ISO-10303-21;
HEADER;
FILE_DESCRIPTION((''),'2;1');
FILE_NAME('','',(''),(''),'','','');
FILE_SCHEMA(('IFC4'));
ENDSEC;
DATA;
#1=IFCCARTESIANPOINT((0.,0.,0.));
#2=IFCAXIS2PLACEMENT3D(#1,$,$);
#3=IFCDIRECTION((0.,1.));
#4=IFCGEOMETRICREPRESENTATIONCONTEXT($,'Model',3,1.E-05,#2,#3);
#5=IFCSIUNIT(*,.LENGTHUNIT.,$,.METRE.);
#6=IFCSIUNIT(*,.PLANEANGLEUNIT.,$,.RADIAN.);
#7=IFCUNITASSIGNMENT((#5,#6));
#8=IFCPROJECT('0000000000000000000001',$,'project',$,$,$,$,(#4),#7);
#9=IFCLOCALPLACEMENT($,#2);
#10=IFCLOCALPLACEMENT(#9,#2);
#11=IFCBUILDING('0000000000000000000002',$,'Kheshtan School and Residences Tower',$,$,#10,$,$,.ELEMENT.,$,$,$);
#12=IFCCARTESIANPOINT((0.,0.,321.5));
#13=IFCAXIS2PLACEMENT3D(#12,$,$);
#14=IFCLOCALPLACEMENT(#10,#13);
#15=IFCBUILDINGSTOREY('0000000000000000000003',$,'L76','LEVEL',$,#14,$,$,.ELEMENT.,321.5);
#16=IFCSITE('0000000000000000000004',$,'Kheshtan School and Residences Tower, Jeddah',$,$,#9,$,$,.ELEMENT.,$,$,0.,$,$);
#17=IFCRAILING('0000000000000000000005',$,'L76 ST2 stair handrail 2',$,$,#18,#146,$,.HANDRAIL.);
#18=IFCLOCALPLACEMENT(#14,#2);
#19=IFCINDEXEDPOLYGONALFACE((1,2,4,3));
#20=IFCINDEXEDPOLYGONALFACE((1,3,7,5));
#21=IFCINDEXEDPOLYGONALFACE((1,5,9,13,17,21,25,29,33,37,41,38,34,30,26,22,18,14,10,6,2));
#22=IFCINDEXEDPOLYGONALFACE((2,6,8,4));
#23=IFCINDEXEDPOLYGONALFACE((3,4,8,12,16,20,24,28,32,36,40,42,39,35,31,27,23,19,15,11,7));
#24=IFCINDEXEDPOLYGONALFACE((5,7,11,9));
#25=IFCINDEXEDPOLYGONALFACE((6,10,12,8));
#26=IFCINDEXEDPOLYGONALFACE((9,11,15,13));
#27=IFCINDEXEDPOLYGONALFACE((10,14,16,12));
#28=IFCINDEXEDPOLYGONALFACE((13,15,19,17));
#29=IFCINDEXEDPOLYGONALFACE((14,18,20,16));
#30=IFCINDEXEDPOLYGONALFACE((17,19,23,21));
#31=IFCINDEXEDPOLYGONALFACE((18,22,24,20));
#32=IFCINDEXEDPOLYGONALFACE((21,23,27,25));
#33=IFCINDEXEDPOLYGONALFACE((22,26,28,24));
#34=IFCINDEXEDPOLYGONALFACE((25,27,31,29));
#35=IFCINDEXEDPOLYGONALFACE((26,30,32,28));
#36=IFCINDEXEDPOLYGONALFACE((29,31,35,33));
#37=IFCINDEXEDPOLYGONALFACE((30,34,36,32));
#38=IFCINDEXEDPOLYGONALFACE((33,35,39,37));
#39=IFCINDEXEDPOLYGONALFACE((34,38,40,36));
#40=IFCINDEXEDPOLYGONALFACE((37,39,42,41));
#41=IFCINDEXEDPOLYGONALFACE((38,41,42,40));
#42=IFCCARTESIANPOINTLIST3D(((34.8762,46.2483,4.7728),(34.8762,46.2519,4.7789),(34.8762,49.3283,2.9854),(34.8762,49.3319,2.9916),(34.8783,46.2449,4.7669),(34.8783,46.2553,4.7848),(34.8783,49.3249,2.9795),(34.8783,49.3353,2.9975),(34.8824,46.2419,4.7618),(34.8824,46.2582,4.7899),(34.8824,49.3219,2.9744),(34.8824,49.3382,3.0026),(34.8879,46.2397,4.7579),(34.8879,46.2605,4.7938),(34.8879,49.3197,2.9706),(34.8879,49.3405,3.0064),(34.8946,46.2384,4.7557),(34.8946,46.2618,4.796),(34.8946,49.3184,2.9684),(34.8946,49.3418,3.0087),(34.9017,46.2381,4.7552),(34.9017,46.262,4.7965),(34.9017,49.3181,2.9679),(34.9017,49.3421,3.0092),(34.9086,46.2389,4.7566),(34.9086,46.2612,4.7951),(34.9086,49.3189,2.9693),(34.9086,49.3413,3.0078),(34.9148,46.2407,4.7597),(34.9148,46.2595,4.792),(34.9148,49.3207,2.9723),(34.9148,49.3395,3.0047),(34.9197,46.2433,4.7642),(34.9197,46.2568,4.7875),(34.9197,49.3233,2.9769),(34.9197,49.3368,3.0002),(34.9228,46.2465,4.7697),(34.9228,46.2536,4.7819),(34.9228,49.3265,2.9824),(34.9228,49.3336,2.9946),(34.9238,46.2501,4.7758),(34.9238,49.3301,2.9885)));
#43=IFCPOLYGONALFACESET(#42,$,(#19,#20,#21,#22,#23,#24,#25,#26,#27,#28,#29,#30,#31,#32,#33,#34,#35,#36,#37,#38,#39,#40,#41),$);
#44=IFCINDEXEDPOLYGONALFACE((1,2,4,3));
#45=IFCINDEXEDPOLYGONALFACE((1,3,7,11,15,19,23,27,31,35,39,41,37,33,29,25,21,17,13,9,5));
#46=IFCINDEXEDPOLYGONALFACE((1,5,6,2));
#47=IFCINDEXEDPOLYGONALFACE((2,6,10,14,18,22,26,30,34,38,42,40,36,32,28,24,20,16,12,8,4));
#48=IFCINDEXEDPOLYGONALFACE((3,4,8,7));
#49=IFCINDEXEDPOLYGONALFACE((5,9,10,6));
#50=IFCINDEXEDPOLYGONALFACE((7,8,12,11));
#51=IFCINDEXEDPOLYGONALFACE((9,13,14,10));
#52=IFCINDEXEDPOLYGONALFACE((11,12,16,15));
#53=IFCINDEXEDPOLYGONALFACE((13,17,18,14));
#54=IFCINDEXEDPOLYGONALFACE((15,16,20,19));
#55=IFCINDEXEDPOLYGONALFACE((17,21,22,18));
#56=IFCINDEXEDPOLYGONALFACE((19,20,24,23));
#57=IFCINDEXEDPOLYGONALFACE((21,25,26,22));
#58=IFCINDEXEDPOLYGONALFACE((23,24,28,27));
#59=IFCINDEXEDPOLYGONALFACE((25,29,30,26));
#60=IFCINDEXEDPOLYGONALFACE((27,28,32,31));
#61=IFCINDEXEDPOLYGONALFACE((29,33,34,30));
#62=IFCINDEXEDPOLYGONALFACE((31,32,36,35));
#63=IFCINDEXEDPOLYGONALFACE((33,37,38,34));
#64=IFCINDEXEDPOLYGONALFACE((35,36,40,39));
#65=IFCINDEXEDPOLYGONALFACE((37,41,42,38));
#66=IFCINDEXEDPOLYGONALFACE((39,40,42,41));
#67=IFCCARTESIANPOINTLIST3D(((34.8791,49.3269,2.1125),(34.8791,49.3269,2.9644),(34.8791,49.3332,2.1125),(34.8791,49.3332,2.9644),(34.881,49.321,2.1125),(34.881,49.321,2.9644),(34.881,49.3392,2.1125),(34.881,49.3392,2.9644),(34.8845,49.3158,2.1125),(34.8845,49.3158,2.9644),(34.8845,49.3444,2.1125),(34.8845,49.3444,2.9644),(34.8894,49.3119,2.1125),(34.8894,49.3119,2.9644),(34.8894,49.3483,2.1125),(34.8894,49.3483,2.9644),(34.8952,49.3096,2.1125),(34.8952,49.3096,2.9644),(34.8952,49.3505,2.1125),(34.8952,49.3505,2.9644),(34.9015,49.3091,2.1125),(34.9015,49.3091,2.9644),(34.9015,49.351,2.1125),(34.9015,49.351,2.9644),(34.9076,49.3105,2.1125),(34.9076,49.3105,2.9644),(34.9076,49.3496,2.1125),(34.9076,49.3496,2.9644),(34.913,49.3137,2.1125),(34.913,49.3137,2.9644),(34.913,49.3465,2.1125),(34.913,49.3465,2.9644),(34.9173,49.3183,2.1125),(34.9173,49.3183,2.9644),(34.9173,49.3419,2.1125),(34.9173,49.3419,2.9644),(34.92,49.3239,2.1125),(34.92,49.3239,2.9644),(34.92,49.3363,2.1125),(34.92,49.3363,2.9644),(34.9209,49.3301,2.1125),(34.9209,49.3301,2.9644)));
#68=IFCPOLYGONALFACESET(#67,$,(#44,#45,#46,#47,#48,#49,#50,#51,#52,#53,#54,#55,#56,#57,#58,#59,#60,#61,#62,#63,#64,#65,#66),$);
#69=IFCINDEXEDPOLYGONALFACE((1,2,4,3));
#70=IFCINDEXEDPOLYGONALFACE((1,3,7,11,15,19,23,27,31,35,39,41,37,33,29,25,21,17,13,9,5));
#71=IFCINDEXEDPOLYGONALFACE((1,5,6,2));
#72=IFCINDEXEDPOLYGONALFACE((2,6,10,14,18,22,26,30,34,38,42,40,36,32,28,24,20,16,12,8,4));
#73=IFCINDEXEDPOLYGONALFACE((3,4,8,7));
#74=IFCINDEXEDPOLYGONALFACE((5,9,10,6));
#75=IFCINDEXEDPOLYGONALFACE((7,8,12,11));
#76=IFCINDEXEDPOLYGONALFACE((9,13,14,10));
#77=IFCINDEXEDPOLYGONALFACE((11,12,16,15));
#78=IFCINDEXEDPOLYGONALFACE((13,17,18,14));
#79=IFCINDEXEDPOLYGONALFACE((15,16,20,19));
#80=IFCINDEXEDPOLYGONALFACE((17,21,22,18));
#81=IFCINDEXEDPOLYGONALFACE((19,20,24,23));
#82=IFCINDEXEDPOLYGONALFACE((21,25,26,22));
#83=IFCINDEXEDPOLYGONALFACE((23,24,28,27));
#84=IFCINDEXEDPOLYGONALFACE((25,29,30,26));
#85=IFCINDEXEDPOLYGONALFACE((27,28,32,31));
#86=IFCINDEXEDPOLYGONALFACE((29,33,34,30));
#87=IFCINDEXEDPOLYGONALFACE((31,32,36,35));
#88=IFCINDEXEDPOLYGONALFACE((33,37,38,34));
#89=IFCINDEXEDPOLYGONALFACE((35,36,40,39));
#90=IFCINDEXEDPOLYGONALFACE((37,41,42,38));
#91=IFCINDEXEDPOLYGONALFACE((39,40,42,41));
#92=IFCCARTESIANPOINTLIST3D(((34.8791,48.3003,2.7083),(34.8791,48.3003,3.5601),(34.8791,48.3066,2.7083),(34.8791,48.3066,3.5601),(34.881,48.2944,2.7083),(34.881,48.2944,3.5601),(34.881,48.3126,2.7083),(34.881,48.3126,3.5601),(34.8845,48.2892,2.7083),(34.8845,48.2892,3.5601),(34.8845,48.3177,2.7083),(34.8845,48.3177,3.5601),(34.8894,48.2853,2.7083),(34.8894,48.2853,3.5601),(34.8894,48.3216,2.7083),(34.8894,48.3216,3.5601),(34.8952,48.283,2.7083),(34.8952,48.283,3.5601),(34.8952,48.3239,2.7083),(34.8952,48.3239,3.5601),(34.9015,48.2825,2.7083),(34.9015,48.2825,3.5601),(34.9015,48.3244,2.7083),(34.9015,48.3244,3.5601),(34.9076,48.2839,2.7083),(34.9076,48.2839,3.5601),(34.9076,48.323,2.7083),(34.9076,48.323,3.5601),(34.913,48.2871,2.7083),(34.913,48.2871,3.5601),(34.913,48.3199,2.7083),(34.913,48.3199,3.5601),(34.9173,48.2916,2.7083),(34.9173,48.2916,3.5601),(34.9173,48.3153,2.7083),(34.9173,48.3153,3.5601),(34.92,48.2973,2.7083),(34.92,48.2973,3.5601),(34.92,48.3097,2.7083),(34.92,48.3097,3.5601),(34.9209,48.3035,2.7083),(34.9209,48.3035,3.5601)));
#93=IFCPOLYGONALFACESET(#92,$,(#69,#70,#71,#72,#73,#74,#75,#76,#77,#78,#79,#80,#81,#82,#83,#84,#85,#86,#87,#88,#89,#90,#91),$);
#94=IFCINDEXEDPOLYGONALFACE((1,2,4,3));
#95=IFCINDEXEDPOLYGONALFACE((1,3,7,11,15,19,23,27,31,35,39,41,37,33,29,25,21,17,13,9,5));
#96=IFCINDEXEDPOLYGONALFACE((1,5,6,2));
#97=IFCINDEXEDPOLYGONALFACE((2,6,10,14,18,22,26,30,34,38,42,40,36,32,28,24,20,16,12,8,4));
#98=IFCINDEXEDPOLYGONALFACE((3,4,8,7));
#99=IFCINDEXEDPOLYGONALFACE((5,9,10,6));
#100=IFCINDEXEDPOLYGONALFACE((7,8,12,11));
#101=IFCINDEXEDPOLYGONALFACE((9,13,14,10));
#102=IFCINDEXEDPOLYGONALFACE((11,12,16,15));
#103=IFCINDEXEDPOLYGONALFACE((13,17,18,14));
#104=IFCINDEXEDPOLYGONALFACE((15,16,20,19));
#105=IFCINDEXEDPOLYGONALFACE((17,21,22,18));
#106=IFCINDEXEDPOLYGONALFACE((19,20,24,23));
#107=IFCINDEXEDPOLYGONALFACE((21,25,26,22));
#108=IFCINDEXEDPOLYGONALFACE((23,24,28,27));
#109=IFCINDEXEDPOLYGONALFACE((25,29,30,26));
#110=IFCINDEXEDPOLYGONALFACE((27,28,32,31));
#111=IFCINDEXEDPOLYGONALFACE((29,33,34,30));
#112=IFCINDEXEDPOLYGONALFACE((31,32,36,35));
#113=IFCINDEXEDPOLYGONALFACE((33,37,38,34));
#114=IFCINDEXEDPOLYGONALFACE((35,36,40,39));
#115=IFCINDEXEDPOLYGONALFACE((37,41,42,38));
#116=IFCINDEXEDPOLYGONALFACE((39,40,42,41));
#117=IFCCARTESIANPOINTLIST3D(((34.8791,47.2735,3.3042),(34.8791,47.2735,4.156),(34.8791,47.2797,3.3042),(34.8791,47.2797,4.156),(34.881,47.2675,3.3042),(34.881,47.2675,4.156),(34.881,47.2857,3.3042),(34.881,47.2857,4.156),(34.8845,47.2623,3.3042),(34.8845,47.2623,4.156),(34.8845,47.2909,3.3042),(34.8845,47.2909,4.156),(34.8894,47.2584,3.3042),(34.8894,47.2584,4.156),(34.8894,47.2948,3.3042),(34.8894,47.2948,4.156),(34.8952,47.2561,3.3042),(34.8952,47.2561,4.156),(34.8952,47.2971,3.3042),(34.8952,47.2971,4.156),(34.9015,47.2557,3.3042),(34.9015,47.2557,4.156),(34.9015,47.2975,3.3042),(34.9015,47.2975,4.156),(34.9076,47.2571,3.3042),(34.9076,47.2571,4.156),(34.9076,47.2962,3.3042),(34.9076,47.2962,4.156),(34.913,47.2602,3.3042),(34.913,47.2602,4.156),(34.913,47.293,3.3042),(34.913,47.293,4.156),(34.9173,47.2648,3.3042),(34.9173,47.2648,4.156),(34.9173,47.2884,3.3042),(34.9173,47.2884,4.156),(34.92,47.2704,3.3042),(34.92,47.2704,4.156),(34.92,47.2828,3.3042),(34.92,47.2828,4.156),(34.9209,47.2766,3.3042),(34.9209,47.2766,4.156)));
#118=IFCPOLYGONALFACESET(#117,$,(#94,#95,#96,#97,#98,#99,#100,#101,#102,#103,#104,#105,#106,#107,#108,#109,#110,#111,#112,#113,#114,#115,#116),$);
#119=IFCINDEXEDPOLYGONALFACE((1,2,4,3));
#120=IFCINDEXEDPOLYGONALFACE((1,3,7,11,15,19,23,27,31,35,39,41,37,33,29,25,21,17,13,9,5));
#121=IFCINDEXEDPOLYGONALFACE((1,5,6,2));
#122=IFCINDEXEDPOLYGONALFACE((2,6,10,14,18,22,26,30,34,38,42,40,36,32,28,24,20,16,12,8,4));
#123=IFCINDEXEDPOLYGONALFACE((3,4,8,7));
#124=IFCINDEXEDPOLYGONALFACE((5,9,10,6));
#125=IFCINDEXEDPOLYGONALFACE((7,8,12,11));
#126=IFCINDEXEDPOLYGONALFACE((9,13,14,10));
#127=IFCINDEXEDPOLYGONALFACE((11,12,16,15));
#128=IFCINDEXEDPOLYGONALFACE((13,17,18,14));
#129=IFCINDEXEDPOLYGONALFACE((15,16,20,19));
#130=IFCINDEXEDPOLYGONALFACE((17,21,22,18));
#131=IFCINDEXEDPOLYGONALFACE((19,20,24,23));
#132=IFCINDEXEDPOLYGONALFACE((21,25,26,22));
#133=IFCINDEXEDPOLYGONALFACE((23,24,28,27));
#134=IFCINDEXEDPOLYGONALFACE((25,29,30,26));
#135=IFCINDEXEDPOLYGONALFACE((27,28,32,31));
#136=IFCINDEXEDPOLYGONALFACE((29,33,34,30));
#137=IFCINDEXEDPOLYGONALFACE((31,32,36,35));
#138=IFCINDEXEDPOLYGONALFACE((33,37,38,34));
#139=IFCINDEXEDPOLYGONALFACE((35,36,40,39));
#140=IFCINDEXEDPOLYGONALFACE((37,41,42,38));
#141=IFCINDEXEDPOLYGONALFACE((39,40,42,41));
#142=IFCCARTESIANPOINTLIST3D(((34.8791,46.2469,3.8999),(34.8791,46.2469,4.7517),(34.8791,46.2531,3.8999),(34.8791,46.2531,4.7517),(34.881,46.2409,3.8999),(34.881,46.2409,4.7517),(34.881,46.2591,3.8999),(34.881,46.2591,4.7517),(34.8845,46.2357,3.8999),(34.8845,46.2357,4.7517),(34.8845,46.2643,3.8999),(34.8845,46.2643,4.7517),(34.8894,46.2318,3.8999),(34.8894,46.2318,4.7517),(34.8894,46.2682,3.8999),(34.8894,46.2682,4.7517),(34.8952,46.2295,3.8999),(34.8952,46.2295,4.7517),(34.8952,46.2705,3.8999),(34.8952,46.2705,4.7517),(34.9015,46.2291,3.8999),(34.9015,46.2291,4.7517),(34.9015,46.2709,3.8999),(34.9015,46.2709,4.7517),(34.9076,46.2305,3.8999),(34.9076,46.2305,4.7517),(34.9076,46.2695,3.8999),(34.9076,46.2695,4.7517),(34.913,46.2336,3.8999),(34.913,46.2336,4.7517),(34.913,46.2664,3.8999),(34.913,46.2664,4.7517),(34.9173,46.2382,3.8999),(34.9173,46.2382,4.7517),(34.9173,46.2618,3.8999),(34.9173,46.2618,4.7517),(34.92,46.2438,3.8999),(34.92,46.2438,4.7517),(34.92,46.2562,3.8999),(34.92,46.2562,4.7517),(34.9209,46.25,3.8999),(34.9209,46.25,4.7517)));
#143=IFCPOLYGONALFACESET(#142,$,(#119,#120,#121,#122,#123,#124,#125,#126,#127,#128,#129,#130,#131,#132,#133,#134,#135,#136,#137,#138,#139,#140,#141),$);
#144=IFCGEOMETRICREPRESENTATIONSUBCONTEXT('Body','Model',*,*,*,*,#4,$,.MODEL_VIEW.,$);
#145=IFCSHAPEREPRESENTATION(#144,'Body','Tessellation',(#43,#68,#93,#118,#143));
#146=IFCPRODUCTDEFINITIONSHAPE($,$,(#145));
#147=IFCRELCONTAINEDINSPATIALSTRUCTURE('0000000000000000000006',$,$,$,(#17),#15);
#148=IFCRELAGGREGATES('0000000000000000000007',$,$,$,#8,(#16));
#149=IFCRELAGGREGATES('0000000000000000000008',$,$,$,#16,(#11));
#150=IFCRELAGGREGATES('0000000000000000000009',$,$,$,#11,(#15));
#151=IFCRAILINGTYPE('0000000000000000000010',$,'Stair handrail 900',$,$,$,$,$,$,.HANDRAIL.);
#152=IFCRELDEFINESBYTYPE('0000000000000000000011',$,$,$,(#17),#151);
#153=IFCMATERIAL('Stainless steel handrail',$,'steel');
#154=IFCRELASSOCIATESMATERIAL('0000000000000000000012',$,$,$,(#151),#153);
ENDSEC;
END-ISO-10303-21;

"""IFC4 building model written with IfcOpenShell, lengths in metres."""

from ifc_helpers import new_model, si_unit, direction, frame, origin, origin_2d, place, context, subcontext, project, spatial, circle, extrude, material, type_object, element, save


model = new_model("IFC4")

# Units and contexts
model_context = context("Model", 3, precision=1e-05, world=origin(), true_north=direction((0.0, 1.0)))
body_context = subcontext(model_context, "Body", "Model", "MODEL_VIEW")
ifc_project = project(units=[si_unit("LENGTHUNIT", "METRE"), si_unit("PLANEANGLEUNIT", "RADIAN")], contexts=[model_context])

# Site, building, storey
site_placement = place(None, origin())
site = spatial("IfcSite", under=ifc_project, at=site_placement, Name="Kheshtan School and Residences Tower, Jeddah", CompositionType="ELEMENT", RefElevation=0.0)
building_placement = place(site_placement, origin())
building = spatial("IfcBuilding", under=site, at=building_placement, Name="Kheshtan School and Residences Tower", CompositionType="ELEMENT")
storey_placement = place(building_placement, frame((0.0, 0.0, 321.5)))
storey = spatial("IfcBuildingStorey", under=building, at=storey_placement, Name="L76", Description="LEVEL", CompositionType="ELEMENT", Elevation=321.5)

# Railing
ifc_material_1 = material(Name="Stainless steel handrail", Category="steel")
railing_type = type_object("IfcRailingType", Name="Stair handrail 900", PredefinedType="HANDRAIL", material=ifc_material_1)
railing_placement = place(storey_placement, frame((34.8999, 49.3301, 2.1125)))
element("IfcRailing", 1, at=railing_placement, inside=storey, type_object=railing_type, Name="L76 ST2 stair handrail 2", PredefinedType="HANDRAIL", context=body_context, shape_type="SweptSolid", body=[
    extrude(circle(Radius=0.0239, at=origin_2d()), frame((0.0, 0.0, 0.876), z_axis=(0.0, -0.86492, 0.501909), x_axis=(1.0, 0.0, 0.0)), (0.0, 0.0, 1.0), 3.561),
    extrude(circle(Radius=0.021, at=origin_2d()), origin(), (0.0, 0.0, 1.0), 0.8518),
    extrude(circle(Radius=0.021, at=origin_2d()), frame((0.0, -1.0266, 0.5957)), (0.0, 0.0, 1.0), 0.8518),
    extrude(circle(Radius=0.021, at=origin_2d()), frame((0.0, -2.0535, 1.1917)), (0.0, 0.0, 1.0), 0.8518),
    extrude(circle(Radius=0.021, at=origin_2d()), frame((0.0, -3.0801, 1.7874)), (0.0, 0.0, 1.0), 0.8518),
])

save(model, "model.ifc")
